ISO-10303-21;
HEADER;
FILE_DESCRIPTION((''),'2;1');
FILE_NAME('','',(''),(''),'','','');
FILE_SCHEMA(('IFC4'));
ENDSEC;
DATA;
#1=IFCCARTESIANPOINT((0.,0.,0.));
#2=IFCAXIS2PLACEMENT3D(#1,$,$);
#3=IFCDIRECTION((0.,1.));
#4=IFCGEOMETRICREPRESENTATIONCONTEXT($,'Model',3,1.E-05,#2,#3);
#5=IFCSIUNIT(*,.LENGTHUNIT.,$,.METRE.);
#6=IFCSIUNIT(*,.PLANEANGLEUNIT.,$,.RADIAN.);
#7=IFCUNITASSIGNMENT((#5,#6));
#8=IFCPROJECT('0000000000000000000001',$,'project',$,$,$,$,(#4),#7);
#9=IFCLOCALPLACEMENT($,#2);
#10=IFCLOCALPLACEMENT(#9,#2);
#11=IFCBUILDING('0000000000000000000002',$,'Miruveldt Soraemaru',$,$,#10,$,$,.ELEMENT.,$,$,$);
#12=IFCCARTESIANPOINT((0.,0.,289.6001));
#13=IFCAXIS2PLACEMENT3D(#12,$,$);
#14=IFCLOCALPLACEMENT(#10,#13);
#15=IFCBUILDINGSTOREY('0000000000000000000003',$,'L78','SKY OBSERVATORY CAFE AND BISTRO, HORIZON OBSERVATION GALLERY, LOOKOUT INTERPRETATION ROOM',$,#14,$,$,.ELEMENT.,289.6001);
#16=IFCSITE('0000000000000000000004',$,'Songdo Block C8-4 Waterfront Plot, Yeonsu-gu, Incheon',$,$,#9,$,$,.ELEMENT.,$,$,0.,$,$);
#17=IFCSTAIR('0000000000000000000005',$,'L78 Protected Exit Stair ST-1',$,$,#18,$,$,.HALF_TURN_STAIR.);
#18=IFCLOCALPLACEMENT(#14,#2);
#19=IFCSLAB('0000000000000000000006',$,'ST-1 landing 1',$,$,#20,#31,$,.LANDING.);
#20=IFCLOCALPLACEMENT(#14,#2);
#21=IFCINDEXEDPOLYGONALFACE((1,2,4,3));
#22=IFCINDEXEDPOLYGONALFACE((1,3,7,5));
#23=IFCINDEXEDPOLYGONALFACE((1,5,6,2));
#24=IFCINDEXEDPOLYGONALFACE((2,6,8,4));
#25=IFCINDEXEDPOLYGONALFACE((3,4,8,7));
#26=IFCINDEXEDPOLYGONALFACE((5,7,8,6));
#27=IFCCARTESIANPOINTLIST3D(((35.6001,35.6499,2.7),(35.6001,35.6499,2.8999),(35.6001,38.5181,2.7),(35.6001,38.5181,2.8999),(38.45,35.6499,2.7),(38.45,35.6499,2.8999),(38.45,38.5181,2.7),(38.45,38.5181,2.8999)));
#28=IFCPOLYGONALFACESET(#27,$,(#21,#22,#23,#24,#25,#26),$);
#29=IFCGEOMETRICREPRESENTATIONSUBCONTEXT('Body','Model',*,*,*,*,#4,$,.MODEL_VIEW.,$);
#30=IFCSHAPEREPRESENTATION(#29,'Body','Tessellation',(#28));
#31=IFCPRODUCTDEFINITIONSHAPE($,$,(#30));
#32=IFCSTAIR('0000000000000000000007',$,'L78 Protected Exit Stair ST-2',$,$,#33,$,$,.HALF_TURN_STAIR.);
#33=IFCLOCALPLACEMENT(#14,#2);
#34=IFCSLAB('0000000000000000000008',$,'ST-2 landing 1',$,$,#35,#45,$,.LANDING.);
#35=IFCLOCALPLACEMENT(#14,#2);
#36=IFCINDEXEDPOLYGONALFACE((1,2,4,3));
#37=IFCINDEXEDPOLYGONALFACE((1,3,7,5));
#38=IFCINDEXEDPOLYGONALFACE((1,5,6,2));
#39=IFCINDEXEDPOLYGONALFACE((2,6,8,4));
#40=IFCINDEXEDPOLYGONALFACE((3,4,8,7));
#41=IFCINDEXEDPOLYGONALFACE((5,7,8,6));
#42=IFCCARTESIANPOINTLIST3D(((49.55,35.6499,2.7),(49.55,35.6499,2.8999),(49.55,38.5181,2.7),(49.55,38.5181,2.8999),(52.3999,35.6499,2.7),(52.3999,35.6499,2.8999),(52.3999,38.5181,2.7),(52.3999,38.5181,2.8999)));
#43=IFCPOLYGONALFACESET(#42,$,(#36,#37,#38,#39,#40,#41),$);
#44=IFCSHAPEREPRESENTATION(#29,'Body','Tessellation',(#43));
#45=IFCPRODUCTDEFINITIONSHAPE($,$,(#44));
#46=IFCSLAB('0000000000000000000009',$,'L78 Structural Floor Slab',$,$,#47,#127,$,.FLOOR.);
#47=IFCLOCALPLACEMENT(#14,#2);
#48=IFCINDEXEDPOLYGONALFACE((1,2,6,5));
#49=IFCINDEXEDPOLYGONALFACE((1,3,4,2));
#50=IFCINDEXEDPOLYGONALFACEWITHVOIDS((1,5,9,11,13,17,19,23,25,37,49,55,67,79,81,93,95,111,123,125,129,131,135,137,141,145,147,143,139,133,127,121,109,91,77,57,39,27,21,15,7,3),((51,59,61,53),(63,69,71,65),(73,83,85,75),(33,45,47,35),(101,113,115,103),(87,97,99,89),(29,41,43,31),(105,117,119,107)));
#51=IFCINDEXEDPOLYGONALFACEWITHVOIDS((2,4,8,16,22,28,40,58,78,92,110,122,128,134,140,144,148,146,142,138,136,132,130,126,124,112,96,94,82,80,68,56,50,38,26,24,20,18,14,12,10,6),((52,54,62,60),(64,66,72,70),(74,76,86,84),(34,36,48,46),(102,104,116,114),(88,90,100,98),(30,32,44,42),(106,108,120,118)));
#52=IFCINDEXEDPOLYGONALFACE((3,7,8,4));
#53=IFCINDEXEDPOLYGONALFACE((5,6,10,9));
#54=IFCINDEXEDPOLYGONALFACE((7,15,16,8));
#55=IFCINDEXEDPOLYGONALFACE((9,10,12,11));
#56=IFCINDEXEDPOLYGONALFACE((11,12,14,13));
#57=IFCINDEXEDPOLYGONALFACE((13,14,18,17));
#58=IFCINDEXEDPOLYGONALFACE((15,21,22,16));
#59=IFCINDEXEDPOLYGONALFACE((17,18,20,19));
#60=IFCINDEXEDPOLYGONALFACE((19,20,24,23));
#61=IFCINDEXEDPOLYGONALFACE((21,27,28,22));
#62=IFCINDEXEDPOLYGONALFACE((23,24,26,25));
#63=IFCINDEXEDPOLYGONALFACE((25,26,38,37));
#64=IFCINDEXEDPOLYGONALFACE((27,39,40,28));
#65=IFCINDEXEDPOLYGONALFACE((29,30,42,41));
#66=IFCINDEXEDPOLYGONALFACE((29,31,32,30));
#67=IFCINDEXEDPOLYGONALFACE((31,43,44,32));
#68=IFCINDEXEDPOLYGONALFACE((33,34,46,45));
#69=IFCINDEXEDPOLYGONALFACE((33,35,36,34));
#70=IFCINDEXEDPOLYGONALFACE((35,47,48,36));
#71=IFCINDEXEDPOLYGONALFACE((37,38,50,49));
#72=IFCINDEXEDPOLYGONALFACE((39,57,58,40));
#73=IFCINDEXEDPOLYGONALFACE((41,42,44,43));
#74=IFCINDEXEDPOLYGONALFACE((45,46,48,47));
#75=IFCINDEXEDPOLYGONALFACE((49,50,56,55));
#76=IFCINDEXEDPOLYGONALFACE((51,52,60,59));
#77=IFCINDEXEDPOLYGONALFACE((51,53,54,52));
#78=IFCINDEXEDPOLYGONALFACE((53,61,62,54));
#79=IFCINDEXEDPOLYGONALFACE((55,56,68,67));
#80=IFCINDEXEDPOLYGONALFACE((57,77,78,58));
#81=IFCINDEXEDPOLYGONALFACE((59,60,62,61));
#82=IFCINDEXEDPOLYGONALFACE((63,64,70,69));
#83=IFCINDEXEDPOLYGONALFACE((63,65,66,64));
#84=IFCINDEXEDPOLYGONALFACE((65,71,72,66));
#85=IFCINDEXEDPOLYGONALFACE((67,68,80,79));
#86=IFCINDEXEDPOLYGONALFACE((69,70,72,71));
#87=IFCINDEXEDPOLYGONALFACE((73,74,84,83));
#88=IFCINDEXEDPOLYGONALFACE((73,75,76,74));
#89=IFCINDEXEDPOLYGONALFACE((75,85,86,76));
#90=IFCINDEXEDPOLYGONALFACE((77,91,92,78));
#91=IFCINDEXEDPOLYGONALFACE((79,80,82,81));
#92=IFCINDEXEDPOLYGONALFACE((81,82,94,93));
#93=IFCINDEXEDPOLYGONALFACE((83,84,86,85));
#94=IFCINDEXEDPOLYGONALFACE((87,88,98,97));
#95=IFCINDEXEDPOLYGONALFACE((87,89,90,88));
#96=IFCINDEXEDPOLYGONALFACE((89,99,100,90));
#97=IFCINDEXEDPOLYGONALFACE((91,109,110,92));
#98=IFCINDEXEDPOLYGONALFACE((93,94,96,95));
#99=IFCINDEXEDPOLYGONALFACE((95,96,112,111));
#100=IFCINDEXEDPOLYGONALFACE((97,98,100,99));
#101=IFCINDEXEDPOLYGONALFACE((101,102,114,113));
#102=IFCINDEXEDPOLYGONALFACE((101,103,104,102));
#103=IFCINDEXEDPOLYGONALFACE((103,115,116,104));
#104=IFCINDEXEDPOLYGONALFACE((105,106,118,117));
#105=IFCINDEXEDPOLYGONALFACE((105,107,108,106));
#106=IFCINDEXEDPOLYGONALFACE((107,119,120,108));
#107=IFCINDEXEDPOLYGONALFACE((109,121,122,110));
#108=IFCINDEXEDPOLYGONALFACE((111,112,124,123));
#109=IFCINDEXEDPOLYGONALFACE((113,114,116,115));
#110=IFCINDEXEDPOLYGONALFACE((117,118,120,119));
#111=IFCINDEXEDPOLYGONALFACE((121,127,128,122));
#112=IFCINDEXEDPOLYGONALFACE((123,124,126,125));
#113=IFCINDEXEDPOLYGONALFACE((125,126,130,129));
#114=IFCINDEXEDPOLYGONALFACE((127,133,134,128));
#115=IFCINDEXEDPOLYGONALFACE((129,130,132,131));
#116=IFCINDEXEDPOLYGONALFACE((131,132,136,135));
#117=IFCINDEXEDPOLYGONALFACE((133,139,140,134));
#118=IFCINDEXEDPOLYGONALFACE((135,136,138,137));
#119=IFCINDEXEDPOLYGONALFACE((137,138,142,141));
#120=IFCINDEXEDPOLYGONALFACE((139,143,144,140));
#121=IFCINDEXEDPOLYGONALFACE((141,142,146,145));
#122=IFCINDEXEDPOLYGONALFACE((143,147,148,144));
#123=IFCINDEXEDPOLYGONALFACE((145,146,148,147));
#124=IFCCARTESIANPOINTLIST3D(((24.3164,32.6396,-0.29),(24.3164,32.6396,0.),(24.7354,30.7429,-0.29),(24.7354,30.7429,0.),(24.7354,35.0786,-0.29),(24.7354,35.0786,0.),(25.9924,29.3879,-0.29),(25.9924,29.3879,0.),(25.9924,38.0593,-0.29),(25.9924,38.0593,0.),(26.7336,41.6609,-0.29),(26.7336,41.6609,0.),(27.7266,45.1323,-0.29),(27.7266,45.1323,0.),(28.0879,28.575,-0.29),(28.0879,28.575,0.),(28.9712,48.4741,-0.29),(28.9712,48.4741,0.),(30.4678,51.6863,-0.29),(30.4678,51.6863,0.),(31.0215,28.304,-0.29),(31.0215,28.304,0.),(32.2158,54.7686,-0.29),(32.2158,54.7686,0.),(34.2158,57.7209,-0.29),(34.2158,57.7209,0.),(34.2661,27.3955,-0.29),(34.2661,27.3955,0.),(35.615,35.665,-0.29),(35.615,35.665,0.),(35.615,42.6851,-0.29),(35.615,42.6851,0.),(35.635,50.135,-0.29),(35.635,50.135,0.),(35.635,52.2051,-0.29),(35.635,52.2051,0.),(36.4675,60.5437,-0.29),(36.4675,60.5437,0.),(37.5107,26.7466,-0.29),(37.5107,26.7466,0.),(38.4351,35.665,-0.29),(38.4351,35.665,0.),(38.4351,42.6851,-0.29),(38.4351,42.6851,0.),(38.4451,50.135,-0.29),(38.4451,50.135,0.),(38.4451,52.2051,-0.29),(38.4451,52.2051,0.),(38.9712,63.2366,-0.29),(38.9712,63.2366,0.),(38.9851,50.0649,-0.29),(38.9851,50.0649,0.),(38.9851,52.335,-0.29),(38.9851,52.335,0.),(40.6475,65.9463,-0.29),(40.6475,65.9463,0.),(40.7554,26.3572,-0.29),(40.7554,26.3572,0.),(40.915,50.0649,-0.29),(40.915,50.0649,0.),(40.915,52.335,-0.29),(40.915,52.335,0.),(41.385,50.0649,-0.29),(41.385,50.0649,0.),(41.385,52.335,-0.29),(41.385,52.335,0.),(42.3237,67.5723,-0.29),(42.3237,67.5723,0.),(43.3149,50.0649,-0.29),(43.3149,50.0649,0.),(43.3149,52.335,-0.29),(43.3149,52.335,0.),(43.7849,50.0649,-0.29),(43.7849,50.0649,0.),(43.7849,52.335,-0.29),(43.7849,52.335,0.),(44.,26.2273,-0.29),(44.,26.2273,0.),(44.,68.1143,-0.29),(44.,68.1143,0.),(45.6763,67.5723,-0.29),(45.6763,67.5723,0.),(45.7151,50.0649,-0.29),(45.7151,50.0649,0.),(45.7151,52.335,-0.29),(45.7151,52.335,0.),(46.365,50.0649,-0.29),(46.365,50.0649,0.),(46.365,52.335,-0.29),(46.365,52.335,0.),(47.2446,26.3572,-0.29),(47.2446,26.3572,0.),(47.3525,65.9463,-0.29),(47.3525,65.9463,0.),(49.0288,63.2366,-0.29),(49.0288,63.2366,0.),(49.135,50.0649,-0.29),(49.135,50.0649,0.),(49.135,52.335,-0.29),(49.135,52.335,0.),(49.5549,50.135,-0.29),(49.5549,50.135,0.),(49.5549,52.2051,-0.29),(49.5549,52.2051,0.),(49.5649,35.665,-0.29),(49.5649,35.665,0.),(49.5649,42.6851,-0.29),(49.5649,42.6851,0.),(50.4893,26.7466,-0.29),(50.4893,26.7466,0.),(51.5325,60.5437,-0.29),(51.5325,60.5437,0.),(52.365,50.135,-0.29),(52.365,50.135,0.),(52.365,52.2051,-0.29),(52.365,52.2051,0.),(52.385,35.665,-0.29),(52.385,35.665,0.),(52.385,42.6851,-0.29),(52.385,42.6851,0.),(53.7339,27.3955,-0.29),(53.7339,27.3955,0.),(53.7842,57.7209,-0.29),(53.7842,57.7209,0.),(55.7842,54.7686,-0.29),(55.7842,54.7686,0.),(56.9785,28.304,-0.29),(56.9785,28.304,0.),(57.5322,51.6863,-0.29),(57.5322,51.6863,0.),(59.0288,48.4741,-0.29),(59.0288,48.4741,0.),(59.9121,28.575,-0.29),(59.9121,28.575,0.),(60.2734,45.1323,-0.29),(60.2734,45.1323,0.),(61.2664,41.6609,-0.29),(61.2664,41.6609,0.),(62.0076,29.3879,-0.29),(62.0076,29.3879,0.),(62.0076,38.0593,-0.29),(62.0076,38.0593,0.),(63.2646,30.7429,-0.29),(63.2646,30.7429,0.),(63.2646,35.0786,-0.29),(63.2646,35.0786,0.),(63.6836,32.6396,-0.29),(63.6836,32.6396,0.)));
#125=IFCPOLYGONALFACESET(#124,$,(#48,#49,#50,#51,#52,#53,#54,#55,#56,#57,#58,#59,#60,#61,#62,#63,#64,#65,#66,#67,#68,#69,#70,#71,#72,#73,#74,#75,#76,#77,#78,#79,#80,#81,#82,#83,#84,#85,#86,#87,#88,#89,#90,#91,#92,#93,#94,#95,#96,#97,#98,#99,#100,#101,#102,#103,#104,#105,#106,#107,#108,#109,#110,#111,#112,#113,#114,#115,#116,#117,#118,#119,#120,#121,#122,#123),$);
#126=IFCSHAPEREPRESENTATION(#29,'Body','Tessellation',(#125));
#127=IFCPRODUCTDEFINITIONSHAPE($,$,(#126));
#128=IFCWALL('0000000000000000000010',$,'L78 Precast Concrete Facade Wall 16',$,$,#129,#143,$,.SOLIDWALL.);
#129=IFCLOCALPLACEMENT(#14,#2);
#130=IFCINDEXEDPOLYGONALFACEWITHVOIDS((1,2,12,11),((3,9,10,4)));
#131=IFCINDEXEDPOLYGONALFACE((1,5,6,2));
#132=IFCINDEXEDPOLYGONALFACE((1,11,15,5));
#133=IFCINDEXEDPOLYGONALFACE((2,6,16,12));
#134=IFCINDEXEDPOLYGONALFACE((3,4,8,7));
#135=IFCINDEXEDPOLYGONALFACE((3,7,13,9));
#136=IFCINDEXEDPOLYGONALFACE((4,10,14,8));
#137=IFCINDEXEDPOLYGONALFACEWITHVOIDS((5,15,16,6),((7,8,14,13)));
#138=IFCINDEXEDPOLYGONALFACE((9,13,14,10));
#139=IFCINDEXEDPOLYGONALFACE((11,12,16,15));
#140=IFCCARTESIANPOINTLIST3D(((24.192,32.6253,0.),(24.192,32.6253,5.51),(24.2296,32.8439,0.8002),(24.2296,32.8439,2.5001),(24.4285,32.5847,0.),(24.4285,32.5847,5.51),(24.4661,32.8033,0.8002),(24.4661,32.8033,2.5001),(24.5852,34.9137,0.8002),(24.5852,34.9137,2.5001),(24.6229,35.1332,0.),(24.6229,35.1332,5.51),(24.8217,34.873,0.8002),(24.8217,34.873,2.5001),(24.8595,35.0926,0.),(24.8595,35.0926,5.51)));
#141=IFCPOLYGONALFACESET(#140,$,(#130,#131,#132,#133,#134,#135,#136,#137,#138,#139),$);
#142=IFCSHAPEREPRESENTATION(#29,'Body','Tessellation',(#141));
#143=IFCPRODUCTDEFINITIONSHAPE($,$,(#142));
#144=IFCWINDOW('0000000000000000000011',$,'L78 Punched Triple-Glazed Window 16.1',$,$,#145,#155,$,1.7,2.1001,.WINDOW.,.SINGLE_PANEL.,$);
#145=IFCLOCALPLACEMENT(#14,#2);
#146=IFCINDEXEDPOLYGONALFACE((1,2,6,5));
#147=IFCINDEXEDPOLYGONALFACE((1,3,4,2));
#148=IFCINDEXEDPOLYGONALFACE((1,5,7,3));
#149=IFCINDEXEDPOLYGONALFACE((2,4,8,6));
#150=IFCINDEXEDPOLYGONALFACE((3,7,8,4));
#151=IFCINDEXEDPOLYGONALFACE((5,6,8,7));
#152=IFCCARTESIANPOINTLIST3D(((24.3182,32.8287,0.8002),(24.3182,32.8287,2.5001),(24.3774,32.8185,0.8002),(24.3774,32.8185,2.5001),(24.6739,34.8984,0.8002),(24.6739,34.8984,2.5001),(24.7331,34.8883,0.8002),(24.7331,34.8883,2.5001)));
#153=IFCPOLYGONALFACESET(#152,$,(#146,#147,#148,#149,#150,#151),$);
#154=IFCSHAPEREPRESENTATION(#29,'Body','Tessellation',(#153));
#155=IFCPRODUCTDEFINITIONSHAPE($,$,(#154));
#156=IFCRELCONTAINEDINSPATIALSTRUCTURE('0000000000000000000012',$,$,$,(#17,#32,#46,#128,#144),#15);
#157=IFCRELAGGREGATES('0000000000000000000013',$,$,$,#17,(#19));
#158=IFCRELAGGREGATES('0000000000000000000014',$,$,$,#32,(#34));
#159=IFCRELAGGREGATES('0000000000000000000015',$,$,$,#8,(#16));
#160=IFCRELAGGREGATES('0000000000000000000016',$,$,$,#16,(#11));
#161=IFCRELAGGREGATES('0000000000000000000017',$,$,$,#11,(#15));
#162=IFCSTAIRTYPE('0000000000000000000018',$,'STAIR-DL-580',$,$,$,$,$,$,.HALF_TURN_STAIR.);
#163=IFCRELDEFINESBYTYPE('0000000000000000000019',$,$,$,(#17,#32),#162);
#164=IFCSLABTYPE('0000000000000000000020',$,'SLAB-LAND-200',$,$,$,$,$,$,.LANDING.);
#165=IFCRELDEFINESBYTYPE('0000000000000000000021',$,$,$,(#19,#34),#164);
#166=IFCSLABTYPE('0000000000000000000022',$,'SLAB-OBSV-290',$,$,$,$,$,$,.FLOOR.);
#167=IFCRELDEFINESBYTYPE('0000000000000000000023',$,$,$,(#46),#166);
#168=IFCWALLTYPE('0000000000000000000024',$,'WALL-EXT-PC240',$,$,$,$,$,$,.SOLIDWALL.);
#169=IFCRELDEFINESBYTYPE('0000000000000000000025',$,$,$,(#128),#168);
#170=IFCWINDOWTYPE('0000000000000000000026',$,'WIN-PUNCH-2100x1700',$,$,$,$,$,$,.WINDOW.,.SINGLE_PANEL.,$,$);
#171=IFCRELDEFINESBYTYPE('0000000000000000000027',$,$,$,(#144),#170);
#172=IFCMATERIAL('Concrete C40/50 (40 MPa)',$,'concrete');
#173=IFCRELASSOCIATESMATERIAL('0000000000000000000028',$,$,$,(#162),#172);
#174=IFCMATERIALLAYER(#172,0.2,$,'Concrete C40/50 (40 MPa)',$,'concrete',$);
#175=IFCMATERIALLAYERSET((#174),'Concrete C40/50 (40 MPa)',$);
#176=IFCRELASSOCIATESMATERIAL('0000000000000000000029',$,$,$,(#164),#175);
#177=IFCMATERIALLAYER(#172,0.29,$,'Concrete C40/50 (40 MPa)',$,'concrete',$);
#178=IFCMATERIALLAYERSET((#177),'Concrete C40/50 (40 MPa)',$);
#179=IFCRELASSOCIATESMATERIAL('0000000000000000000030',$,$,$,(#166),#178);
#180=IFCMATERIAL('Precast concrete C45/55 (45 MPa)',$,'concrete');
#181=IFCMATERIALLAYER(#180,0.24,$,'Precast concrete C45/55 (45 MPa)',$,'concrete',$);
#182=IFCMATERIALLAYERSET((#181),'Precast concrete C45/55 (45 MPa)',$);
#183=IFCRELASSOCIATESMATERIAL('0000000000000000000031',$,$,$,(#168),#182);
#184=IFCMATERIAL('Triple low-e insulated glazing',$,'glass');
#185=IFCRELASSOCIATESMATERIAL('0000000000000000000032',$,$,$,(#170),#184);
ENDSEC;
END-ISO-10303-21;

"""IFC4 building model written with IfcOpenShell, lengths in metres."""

from ifc_helpers import new_model, si_unit, direction, frame, frame_2d, origin, place, context, subcontext, project, spatial, polyline, rectangle, outline, extrude, material, layer, layer_set, type_object, element, fill, aggregate, save


model = new_model("IFC4")

# Units and contexts
model_context = context("Model", 3, precision=1e-05, world=origin(), true_north=direction((0.0, 1.0)))
body_context = subcontext(model_context, "Body", "Model", "MODEL_VIEW")
ifc_project = project(units=[si_unit("LENGTHUNIT", "METRE"), si_unit("PLANEANGLEUNIT", "RADIAN")], contexts=[model_context])

# Site, building, storey
site_placement = place(None, origin())
site = spatial("IfcSite", under=ifc_project, at=site_placement, Name="Songdo Block C8-4 Waterfront Plot, Yeonsu-gu, Incheon", CompositionType="ELEMENT", RefElevation=0.0)
building_placement = place(site_placement, origin())
building = spatial("IfcBuilding", under=site, at=building_placement, Name="Miruveldt Soraemaru", CompositionType="ELEMENT")
storey_placement = place(building_placement, frame((0.0, 0.0, 289.6001)))
storey = spatial("IfcBuildingStorey", under=building, at=storey_placement, Name="L78", Description="SKY OBSERVATORY CAFE AND BISTRO, HORIZON OBSERVATION GALLERY, LOOKOUT INTERPRETATION ROOM", CompositionType="ELEMENT", Elevation=289.6001)

# Stairs, slabs
ifc_material_1 = material(Name="Concrete C40/50 (40 MPa)", Category="concrete")
stair_type = type_object("IfcStairType", Name="STAIR-DL-580", PredefinedType="HALF_TURN_STAIR", material=ifc_material_1)
stair_1_placement = place(storey_placement, origin())
stair_1 = element("IfcStair", 1, at=stair_1_placement, inside=storey, type_object=stair_type, Name="L78 Protected Exit Stair ST-1", PredefinedType="HALF_TURN_STAIR")
ifc_layer_1 = layer(ifc_material_1, 0.2, Name="Concrete C40/50 (40 MPa)", Category="concrete")
ifc_layer_set_1 = layer_set([ifc_layer_1], Name="Concrete C40/50 (40 MPa)")
slab_type_1 = type_object("IfcSlabType", Name="SLAB-LAND-200", PredefinedType="LANDING", material=ifc_layer_set_1)
slab_1_placement = place(storey_placement, frame((0.0, 0.0, 2.7)))
slab_1 = element("IfcSlab", 2, at=slab_1_placement, type_object=slab_type_1, Name="ST-1 landing 1", PredefinedType="LANDING", context=body_context, shape_type="SweptSolid", body=[
    extrude(outline(polyline([(35.6001, 38.5181), (35.6001, 35.6499), (38.45, 35.6499), (38.45, 38.5181), (35.6001, 38.5181)])), origin(), (0.0, 0.0, 1.0), 0.2),
])
aggregate(stair_1, [slab_1])
stair_2_placement = place(storey_placement, origin())
stair_2 = element("IfcStair", 3, at=stair_2_placement, inside=storey, type_object=stair_type, Name="L78 Protected Exit Stair ST-2", PredefinedType="HALF_TURN_STAIR")
slab_2_placement = place(storey_placement, frame((0.0, 0.0, 2.7)))
slab_2 = element("IfcSlab", 4, at=slab_2_placement, type_object=slab_type_1, Name="ST-2 landing 1", PredefinedType="LANDING", context=body_context, shape_type="SweptSolid", body=[
    extrude(outline(polyline([(49.55, 38.5181), (49.55, 35.6499), (52.3999, 35.6499), (52.3999, 38.5181), (49.55, 38.5181)])), origin(), (0.0, 0.0, 1.0), 0.2),
])
aggregate(stair_2, [slab_2])

# Slab
ifc_layer_2 = layer(ifc_material_1, 0.29, Name="Concrete C40/50 (40 MPa)", Category="concrete")
ifc_layer_set_2 = layer_set([ifc_layer_2], Name="Concrete C40/50 (40 MPa)")
slab_type_2 = type_object("IfcSlabType", Name="SLAB-OBSV-290", PredefinedType="FLOOR", material=ifc_layer_set_2)
slab_3_placement = place(storey_placement, frame((0.0, 0.0, -0.29)))
element("IfcSlab", 5, at=slab_3_placement, inside=storey, type_object=slab_type_2, Name="L78 Structural Floor Slab", PredefinedType="FLOOR", context=body_context, shape_type="SweptSolid", body=[
    extrude(outline(polyline([(51.5325, 60.5437), (53.7842, 57.7209), (55.7842, 54.7686), (57.5322, 51.6863), (59.0288, 48.4741), (60.2734, 45.1323), (61.2664, 41.6609), (62.0076, 38.0593), (63.2646, 35.0786), (63.6836, 32.6396), (63.2646, 30.7429), (62.0076, 29.3879), (59.9121, 28.575), (56.9785, 28.304), (53.7339, 27.3955), (50.4893, 26.7466), (47.2446, 26.3572), (44.0, 26.2273), (40.7554, 26.3572), (37.5107, 26.7466), (34.2661, 27.3955), (31.0215, 28.304), (28.0879, 28.575), (25.9924, 29.3879), (24.7354, 30.7429), (24.3164, 32.6396), (24.7354, 35.0786), (25.9924, 38.0593), (26.7336, 41.6609), (27.7266, 45.1323), (28.9712, 48.4741), (30.4678, 51.6863), (32.2158, 54.7686), (34.2158, 57.7209), (36.4675, 60.5437), (38.9712, 63.2366), (40.6475, 65.9463), (42.3237, 67.5723), (44.0, 68.1143), (45.6763, 67.5723), (47.3525, 65.9463), (49.0288, 63.2366), (51.5325, 60.5437)]), holes=[polyline([(35.615, 35.665), (38.4351, 35.665), (38.4351, 42.6851), (35.615, 42.6851), (35.615, 35.665)]), polyline([(49.5649, 35.665), (52.385, 35.665), (52.385, 42.6851), (49.5649, 42.6851), (49.5649, 35.665)]), polyline([(38.4451, 50.135), (38.4451, 52.2051), (35.635, 52.2051), (35.635, 50.135), (38.4451, 50.135)]), polyline([(52.365, 50.135), (52.365, 52.2051), (49.5549, 52.2051), (49.5549, 50.135), (52.365, 50.135)]), polyline([(40.915, 50.0649), (40.915, 52.335), (38.9851, 52.335), (38.9851, 50.0649), (40.915, 50.0649)]), polyline([(43.3149, 50.0649), (43.3149, 52.335), (41.385, 52.335), (41.385, 50.0649), (43.3149, 50.0649)]), polyline([(45.7151, 50.0649), (45.7151, 52.335), (43.7849, 52.335), (43.7849, 50.0649), (45.7151, 50.0649)]), polyline([(49.135, 50.0649), (49.135, 52.335), (46.365, 52.335), (46.365, 50.0649), (49.135, 50.0649)])]), origin(), (0.0, 0.0, 1.0), 0.29),
])

# Wall, opening, window
ifc_material_2 = material(Name="Precast concrete C45/55 (45 MPa)", Category="concrete")
ifc_layer_3 = layer(ifc_material_2, 0.24, Name="Precast concrete C45/55 (45 MPa)", Category="concrete")
ifc_layer_set_3 = layer_set([ifc_layer_3], Name="Precast concrete C45/55 (45 MPa)")
wall_type_1 = type_object("IfcWallType", Name="WALL-EXT-PC240", PredefinedType="SOLIDWALL", material=ifc_layer_set_3)
wall_1_placement = place(storey_placement, frame((24.7412, 35.113, 0.0), z_axis=(0.0, 0.0, 1.0), x_axis=(-0.169345, -0.985557, 0.0)))
wall_1 = element("IfcWall", 6, at=wall_1_placement, inside=storey, type_object=wall_type_1, Name="L78 Precast Concrete Facade Wall 16", PredefinedType="SOLIDWALL", context=body_context, shape_type="SweptSolid", body=[
    extrude(rectangle(XDim=2.5447, YDim=0.24, at=frame_2d((1.2725, 0.0))), origin(), (0.0, 0.0, 1.0), 5.51),
])
opening_1_placement = place(wall_1_placement, frame((0.2229, 0.0, 0.8)))
opening_1 = element("IfcOpeningElement", 7, at=opening_1_placement, cuts=wall_1, PredefinedType="OPENING", context=body_context, shape_type="SweptSolid", body=[
    extrude(rectangle(XDim=2.1001, YDim=1.7, at=frame_2d((1.05, 0.8501))), frame((0.0, 0.1299, 0.0), z_axis=(0.0, -1.0, 0.0), x_axis=(1.0, 0.0, 0.0)), (0.0, 0.0, 1.0), 0.26),
])
ifc_material_3 = material(Name="Triple low-e insulated glazing", Category="glass")
window_type_1 = type_object("IfcWindowType", Name="WIN-PUNCH-2100x1700", PartitioningType="SINGLE_PANEL", PredefinedType="WINDOW", material=ifc_material_3)
window_1_placement = place(opening_1_placement, origin())
window_1 = element("IfcWindow", 8, at=window_1_placement, inside=storey, type_object=window_type_1, Name="L78 Punched Triple-Glazed Window 16.1", OverallHeight=1.7, OverallWidth=2.1001, PartitioningType="SINGLE_PANEL", PredefinedType="WINDOW", context=body_context, shape_type="SweptSolid", body=[
    extrude(rectangle(XDim=2.1001, YDim=1.7, at=frame_2d((1.05, 0.8501))), frame((0.0, 0.03, 0.0), z_axis=(0.0, -1.0, 0.0), x_axis=(1.0, 0.0, 0.0)), (0.0, 0.0, 1.0), 0.0601),
])
fill(opening_1, window_1)

save(model, "model.ifc")
